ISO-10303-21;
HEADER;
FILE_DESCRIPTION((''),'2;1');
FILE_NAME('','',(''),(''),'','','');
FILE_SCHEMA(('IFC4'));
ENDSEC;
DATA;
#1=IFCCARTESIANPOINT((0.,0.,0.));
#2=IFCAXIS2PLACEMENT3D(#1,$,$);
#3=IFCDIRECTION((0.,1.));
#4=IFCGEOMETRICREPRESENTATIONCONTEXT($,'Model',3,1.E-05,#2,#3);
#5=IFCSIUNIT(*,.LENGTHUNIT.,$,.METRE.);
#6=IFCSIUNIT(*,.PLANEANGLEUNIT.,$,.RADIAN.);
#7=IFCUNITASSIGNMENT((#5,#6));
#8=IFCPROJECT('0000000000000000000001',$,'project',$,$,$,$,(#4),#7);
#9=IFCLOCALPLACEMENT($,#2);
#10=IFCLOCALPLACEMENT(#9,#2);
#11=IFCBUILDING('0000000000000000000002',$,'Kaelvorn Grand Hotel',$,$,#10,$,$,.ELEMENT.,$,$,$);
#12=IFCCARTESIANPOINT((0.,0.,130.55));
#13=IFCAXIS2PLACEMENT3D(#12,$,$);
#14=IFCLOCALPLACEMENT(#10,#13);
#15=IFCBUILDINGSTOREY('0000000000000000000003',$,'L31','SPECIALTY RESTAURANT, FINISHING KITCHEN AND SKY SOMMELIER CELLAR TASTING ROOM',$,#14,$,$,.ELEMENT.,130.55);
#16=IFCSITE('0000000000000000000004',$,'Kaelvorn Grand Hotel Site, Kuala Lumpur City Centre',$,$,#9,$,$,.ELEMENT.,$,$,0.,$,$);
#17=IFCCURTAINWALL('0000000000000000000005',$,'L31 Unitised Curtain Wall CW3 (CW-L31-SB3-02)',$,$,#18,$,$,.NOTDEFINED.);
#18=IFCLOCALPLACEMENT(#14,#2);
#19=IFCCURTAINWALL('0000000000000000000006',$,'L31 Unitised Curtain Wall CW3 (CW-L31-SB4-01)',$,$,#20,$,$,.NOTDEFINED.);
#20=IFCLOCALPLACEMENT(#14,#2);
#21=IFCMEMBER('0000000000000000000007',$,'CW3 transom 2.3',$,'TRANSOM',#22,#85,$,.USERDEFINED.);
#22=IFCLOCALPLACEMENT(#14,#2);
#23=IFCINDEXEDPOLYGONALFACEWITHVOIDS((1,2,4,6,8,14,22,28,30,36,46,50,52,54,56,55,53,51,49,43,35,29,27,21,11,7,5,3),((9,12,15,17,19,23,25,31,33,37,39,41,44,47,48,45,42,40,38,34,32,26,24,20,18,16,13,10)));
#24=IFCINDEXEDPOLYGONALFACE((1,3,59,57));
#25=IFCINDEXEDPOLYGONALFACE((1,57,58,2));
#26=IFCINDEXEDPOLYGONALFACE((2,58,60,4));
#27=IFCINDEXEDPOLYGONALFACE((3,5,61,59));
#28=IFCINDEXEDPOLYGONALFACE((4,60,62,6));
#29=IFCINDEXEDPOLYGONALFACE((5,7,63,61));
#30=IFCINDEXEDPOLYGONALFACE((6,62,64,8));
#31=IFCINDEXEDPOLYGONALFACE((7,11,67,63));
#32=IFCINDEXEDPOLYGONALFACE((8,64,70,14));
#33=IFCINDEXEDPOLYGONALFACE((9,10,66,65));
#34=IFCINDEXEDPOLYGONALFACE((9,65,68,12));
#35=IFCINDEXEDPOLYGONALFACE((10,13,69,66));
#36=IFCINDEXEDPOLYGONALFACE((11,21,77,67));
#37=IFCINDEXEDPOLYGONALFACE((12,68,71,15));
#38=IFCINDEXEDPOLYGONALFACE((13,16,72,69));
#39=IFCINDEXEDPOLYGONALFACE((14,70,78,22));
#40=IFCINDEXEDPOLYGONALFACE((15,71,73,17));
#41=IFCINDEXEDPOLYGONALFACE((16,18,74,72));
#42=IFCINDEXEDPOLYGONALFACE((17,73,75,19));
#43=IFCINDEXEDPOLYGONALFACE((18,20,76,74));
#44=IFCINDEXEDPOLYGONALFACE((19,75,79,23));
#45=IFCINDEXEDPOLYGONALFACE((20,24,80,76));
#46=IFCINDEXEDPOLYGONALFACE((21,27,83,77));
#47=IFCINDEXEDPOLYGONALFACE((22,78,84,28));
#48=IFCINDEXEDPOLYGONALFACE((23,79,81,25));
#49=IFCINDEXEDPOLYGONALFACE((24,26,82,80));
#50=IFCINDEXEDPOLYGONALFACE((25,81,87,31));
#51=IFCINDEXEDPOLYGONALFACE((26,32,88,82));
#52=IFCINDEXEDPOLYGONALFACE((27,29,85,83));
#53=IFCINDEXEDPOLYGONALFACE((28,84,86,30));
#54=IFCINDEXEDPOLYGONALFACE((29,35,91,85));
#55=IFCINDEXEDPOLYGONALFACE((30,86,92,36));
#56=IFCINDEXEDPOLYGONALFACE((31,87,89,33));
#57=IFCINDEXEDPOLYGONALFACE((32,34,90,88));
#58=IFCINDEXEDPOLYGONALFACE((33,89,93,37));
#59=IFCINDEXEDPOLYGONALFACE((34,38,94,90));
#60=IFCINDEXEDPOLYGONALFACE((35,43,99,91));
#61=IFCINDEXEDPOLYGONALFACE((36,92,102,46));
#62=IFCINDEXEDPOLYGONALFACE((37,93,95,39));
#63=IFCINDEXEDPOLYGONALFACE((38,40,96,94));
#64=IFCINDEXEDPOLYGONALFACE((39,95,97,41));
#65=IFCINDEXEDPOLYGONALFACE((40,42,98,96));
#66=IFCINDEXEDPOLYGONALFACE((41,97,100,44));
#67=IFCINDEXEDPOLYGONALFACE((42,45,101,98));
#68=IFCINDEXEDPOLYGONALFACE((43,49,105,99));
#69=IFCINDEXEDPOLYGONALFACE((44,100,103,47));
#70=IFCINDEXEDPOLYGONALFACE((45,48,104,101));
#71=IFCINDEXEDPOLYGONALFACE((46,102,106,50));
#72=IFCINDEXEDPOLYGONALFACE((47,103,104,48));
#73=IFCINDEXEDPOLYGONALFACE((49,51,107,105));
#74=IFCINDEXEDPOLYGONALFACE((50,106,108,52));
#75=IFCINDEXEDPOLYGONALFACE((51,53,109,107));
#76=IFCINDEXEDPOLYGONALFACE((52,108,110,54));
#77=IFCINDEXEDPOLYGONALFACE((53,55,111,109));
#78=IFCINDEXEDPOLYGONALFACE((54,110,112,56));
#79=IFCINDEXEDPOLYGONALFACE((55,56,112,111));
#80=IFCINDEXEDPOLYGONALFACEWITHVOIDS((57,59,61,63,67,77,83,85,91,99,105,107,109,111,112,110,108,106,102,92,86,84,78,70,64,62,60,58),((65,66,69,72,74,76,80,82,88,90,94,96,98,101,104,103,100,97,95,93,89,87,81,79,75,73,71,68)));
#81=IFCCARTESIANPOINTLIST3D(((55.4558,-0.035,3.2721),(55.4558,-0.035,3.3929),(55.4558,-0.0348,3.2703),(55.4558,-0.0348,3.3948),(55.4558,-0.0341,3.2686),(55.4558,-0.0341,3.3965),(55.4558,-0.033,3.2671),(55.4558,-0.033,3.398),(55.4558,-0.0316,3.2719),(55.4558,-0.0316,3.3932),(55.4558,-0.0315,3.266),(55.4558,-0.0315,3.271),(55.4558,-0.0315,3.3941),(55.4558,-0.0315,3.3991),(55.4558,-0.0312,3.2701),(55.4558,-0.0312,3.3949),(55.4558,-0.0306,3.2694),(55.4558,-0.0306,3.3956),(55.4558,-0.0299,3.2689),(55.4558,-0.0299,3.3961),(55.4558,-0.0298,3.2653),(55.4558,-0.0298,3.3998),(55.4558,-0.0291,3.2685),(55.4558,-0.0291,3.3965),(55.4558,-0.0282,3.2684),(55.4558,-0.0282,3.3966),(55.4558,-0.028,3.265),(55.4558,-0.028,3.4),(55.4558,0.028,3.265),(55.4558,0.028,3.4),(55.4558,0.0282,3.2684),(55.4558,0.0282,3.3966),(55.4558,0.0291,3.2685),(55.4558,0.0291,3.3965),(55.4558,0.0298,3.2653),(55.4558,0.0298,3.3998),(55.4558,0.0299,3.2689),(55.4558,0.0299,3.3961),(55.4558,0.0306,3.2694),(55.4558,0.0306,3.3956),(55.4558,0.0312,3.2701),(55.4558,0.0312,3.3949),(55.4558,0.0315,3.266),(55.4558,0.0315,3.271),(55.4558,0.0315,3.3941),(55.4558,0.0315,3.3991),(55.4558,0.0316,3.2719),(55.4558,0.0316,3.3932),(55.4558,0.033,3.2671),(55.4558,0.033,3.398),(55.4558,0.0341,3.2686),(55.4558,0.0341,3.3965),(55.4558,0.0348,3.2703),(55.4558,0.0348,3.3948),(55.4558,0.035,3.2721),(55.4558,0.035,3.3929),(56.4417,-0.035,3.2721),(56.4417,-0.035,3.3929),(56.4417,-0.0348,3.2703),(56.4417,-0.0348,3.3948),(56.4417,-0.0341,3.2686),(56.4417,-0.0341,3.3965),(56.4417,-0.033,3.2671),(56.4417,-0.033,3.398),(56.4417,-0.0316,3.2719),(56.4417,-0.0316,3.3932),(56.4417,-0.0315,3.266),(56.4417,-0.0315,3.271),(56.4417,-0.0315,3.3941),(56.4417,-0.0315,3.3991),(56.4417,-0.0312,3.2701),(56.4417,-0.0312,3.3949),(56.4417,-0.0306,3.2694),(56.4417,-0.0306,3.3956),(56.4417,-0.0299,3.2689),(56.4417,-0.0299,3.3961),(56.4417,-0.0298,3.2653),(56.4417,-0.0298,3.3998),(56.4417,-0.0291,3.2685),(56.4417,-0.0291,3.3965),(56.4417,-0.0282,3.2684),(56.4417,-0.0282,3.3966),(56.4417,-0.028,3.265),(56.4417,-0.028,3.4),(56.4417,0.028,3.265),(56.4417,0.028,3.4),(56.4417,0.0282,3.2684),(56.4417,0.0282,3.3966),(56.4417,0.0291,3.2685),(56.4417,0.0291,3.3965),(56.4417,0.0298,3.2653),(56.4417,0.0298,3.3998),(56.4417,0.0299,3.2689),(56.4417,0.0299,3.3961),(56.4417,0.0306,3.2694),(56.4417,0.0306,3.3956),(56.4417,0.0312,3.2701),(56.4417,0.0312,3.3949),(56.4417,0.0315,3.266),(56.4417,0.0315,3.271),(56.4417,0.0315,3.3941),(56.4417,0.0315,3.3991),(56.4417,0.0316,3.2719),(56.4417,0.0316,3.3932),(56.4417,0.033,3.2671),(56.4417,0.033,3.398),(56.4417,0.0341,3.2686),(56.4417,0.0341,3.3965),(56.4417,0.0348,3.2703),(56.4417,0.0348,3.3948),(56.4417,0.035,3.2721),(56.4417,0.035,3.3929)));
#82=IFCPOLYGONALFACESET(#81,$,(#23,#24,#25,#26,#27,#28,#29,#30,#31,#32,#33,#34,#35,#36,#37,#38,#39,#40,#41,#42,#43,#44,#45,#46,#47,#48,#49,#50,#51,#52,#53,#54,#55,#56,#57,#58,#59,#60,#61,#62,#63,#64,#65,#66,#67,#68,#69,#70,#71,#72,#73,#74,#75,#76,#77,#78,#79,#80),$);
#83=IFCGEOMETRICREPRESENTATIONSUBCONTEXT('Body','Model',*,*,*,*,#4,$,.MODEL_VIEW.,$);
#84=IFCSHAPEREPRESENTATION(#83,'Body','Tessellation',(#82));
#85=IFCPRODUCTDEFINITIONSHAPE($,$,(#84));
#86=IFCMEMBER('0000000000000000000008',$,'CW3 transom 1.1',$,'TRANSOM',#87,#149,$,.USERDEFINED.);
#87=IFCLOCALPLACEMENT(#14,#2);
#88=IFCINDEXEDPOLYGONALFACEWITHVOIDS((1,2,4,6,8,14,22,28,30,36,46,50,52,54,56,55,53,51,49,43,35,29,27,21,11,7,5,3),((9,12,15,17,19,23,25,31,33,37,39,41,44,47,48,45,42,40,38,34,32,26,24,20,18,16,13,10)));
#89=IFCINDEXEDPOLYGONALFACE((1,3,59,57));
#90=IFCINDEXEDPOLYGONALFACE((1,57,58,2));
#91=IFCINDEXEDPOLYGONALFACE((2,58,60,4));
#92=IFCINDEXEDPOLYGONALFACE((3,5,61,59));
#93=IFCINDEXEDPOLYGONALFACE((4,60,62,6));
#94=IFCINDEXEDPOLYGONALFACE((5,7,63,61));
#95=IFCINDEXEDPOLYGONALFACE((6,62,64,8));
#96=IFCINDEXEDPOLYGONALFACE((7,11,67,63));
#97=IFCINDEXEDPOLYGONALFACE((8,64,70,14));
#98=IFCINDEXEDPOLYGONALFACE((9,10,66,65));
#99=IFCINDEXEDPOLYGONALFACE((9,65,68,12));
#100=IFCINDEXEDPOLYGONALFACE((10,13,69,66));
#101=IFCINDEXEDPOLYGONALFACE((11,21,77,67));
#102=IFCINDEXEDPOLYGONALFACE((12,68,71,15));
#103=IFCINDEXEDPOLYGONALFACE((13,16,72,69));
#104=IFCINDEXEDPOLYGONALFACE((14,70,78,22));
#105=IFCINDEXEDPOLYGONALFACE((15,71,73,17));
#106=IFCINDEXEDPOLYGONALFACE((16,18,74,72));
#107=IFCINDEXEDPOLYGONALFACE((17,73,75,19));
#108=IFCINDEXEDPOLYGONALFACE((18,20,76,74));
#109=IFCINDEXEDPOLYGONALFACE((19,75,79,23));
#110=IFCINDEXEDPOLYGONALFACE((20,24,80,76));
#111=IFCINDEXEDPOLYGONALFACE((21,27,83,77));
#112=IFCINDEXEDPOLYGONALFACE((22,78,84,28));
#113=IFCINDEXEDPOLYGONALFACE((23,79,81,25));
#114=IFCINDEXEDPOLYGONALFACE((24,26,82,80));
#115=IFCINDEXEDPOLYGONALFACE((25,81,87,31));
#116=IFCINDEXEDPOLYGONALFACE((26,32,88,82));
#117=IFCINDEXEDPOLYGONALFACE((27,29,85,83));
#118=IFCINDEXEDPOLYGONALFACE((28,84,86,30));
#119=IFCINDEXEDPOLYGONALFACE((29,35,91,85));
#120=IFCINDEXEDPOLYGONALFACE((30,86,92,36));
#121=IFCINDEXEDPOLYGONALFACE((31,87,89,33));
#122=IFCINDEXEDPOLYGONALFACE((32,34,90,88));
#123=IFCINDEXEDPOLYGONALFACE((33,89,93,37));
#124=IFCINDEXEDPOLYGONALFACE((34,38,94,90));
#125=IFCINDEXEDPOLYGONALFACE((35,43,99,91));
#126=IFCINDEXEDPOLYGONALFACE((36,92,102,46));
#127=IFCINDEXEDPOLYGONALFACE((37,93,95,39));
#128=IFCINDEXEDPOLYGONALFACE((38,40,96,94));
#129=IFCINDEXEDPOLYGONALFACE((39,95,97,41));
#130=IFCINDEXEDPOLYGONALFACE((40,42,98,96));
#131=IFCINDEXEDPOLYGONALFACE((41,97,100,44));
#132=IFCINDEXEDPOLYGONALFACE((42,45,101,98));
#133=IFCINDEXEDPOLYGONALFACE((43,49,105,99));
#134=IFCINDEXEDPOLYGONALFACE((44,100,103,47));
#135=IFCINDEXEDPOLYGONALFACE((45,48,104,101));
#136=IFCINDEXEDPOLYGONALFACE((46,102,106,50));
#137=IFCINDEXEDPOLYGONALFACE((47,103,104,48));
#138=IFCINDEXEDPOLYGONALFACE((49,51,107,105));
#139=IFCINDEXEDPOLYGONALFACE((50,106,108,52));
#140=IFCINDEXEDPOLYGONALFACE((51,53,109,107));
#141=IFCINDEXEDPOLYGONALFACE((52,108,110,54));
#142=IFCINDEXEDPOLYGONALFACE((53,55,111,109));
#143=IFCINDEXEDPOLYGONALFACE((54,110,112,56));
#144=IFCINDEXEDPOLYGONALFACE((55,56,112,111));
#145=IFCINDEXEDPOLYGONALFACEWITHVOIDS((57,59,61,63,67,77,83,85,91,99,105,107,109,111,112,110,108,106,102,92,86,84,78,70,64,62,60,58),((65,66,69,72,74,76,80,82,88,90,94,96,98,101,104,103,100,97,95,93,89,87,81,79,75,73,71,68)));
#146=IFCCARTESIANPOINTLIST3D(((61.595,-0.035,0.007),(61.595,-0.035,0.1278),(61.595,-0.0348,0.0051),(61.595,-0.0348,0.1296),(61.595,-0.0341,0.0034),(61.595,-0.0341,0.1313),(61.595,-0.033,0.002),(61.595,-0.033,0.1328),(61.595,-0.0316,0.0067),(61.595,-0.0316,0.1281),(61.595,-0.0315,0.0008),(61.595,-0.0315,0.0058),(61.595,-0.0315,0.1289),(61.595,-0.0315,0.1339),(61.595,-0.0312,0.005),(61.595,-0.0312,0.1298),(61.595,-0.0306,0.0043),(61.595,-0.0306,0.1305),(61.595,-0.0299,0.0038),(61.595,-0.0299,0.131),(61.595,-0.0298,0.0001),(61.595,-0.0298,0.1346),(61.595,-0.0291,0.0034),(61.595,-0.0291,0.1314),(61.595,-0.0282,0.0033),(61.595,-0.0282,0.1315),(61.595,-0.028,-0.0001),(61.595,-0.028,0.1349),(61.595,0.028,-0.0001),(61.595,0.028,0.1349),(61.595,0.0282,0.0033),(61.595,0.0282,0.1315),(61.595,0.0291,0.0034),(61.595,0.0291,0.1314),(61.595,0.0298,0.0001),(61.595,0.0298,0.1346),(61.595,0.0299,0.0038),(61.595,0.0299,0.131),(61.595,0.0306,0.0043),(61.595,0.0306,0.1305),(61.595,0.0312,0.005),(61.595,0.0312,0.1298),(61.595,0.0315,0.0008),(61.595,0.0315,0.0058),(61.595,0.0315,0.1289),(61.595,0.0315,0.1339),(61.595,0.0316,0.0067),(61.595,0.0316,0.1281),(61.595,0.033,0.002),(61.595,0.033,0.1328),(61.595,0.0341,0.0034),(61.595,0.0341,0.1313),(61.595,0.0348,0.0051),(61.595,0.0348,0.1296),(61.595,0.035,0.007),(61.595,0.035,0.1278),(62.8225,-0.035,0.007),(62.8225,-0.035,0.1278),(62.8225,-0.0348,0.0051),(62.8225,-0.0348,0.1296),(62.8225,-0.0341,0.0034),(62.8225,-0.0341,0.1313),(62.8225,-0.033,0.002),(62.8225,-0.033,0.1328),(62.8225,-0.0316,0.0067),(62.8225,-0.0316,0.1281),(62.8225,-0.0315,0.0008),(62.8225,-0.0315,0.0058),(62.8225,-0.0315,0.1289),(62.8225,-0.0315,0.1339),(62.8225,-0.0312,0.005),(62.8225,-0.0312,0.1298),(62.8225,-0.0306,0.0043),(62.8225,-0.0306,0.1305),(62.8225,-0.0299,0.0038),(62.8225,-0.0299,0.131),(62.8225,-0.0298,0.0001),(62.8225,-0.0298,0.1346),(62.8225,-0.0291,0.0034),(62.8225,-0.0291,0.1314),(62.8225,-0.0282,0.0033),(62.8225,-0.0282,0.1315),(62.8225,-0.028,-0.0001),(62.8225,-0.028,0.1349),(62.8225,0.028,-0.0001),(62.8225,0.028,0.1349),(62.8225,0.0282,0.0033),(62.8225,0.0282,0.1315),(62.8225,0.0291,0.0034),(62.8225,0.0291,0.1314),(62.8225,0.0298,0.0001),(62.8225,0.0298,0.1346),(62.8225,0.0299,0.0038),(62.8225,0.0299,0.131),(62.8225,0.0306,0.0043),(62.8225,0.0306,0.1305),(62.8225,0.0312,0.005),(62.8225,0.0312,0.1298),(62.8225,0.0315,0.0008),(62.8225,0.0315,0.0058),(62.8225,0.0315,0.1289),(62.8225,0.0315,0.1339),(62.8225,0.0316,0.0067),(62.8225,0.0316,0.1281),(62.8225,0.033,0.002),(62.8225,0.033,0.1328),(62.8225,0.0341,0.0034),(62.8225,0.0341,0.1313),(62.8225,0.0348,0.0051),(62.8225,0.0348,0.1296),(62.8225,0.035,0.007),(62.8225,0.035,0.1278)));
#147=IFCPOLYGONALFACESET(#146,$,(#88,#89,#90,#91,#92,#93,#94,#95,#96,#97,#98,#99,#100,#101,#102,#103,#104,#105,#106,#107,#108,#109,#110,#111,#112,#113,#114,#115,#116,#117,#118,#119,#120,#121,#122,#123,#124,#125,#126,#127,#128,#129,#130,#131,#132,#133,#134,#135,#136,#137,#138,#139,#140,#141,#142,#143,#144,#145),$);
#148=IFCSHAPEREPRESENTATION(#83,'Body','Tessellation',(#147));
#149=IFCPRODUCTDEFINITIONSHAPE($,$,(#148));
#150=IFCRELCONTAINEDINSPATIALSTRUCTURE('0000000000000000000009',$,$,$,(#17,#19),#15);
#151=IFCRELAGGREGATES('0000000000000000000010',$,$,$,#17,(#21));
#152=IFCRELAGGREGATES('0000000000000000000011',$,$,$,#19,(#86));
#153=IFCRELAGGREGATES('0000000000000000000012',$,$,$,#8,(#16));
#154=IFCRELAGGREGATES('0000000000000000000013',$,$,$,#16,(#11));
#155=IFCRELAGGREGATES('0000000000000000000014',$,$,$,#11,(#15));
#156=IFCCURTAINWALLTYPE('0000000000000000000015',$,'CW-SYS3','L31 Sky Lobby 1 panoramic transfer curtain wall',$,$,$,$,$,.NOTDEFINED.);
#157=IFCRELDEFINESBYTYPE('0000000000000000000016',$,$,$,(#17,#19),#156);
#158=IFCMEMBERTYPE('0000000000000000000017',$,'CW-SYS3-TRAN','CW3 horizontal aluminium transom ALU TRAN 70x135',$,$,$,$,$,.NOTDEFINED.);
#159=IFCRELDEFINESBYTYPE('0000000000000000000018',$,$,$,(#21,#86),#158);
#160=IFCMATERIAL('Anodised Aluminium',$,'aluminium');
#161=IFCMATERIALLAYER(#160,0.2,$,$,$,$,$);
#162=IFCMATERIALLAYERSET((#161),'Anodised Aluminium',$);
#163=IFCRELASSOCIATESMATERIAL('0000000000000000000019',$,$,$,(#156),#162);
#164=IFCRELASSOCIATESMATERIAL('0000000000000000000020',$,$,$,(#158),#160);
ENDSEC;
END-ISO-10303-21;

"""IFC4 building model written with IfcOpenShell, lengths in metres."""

from ifc_helpers import new_model, si_unit, direction, frame, origin, origin_2d, place, context, subcontext, project, spatial, hollow_rectangle, extrude, material, layer, layer_set, material_profile, profile_set, type_object, element, aggregate, save


model = new_model("IFC4")

# Units and contexts
model_context = context("Model", 3, precision=1e-05, world=origin(), true_north=direction((0.0, 1.0)))
body_context = subcontext(model_context, "Body", "Model", "MODEL_VIEW")
ifc_project = project(units=[si_unit("LENGTHUNIT", "METRE"), si_unit("PLANEANGLEUNIT", "RADIAN")], contexts=[model_context])

# Site, building, storey
site_placement = place(None, origin())
site = spatial("IfcSite", under=ifc_project, at=site_placement, Name="Kaelvorn Grand Hotel Site, Kuala Lumpur City Centre", CompositionType="ELEMENT", RefElevation=0.0)
building_placement = place(site_placement, origin())
building = spatial("IfcBuilding", under=site, at=building_placement, Name="Kaelvorn Grand Hotel", CompositionType="ELEMENT")
storey_placement = place(building_placement, frame((0.0, 0.0, 130.55)))
storey = spatial("IfcBuildingStorey", under=building, at=storey_placement, Name="L31", Description="SPECIALTY RESTAURANT, FINISHING KITCHEN AND SKY SOMMELIER CELLAR TASTING ROOM", CompositionType="ELEMENT", Elevation=130.55)

# Curtain walls
ifc_material_1 = material(Name="Anodised Aluminium", Category="aluminium")
ifc_layer_1 = layer(ifc_material_1, 0.2)
ifc_layer_set_1 = layer_set([ifc_layer_1], Name="Anodised Aluminium")
curtain_wall_type = type_object("IfcCurtainWallType", Name="CW-SYS3", Description="L31 Sky Lobby 1 panoramic transfer curtain wall", PredefinedType="NOTDEFINED", material=ifc_layer_set_1)
curtain_wall_1_placement = place(storey_placement, origin())
curtain_wall_1 = element("IfcCurtainWall", 1, at=curtain_wall_1_placement, inside=storey, type_object=curtain_wall_type, Name="L31 Unitised Curtain Wall CW3 (CW-L31-SB3-02)", PredefinedType="NOTDEFINED")
curtain_wall_2_placement = place(storey_placement, origin())
curtain_wall_2 = element("IfcCurtainWall", 2, at=curtain_wall_2_placement, inside=storey, type_object=curtain_wall_type, Name="L31 Unitised Curtain Wall CW3 (CW-L31-SB4-01)", PredefinedType="NOTDEFINED")

# Members
ifc_material_profile_1 = material_profile(ifc_material_1, hollow_rectangle(XDim=0.0701, YDim=0.135, WallThickness=0.0034, InnerFilletRadius=0.0034, OuterFilletRadius=0.0071, at=origin_2d()), Name="ALU TRAN 70x135")
ifc_profile_set_1 = profile_set([ifc_material_profile_1], Name="Anodised Aluminium")
member_type_1 = type_object("IfcMemberType", Name="CW-SYS3-TRAN", Description="CW3 horizontal aluminium transom ALU TRAN 70x135", PredefinedType="NOTDEFINED", material=ifc_profile_set_1)
member_1_placement = place(storey_placement, frame((55.4558, 0.0, 3.3325), z_axis=(1.0, 0.0, 0.0), x_axis=(0.0, 1.0, 0.0)))
member_1 = element("IfcMember", 3, at=member_1_placement, type_object=member_type_1, Name="CW3 transom 2.3", ObjectType="TRANSOM", PredefinedType="USERDEFINED", context=body_context, shape_type="SweptSolid", body=[
    extrude(hollow_rectangle(XDim=0.0701, YDim=0.135, WallThickness=0.0034, InnerFilletRadius=0.0034, OuterFilletRadius=0.0071, at=origin_2d()), origin(), (0.0, 0.0, 1.0), 0.9858),
])
member_2_placement = place(storey_placement, frame((61.595, 0.0, 0.0674), z_axis=(1.0, 0.0, 0.0), x_axis=(0.0, 1.0, 0.0)))
member_2 = element("IfcMember", 4, at=member_2_placement, type_object=member_type_1, Name="CW3 transom 1.1", ObjectType="TRANSOM", PredefinedType="USERDEFINED", context=body_context, shape_type="SweptSolid", body=[
    extrude(hollow_rectangle(XDim=0.0701, YDim=0.135, WallThickness=0.0034, InnerFilletRadius=0.0034, OuterFilletRadius=0.0071, at=origin_2d()), origin(), (0.0, 0.0, 1.0), 1.2275),
])

aggregate(curtain_wall_1, [member_1])
aggregate(curtain_wall_2, [member_2])

save(model, "model.ifc")
